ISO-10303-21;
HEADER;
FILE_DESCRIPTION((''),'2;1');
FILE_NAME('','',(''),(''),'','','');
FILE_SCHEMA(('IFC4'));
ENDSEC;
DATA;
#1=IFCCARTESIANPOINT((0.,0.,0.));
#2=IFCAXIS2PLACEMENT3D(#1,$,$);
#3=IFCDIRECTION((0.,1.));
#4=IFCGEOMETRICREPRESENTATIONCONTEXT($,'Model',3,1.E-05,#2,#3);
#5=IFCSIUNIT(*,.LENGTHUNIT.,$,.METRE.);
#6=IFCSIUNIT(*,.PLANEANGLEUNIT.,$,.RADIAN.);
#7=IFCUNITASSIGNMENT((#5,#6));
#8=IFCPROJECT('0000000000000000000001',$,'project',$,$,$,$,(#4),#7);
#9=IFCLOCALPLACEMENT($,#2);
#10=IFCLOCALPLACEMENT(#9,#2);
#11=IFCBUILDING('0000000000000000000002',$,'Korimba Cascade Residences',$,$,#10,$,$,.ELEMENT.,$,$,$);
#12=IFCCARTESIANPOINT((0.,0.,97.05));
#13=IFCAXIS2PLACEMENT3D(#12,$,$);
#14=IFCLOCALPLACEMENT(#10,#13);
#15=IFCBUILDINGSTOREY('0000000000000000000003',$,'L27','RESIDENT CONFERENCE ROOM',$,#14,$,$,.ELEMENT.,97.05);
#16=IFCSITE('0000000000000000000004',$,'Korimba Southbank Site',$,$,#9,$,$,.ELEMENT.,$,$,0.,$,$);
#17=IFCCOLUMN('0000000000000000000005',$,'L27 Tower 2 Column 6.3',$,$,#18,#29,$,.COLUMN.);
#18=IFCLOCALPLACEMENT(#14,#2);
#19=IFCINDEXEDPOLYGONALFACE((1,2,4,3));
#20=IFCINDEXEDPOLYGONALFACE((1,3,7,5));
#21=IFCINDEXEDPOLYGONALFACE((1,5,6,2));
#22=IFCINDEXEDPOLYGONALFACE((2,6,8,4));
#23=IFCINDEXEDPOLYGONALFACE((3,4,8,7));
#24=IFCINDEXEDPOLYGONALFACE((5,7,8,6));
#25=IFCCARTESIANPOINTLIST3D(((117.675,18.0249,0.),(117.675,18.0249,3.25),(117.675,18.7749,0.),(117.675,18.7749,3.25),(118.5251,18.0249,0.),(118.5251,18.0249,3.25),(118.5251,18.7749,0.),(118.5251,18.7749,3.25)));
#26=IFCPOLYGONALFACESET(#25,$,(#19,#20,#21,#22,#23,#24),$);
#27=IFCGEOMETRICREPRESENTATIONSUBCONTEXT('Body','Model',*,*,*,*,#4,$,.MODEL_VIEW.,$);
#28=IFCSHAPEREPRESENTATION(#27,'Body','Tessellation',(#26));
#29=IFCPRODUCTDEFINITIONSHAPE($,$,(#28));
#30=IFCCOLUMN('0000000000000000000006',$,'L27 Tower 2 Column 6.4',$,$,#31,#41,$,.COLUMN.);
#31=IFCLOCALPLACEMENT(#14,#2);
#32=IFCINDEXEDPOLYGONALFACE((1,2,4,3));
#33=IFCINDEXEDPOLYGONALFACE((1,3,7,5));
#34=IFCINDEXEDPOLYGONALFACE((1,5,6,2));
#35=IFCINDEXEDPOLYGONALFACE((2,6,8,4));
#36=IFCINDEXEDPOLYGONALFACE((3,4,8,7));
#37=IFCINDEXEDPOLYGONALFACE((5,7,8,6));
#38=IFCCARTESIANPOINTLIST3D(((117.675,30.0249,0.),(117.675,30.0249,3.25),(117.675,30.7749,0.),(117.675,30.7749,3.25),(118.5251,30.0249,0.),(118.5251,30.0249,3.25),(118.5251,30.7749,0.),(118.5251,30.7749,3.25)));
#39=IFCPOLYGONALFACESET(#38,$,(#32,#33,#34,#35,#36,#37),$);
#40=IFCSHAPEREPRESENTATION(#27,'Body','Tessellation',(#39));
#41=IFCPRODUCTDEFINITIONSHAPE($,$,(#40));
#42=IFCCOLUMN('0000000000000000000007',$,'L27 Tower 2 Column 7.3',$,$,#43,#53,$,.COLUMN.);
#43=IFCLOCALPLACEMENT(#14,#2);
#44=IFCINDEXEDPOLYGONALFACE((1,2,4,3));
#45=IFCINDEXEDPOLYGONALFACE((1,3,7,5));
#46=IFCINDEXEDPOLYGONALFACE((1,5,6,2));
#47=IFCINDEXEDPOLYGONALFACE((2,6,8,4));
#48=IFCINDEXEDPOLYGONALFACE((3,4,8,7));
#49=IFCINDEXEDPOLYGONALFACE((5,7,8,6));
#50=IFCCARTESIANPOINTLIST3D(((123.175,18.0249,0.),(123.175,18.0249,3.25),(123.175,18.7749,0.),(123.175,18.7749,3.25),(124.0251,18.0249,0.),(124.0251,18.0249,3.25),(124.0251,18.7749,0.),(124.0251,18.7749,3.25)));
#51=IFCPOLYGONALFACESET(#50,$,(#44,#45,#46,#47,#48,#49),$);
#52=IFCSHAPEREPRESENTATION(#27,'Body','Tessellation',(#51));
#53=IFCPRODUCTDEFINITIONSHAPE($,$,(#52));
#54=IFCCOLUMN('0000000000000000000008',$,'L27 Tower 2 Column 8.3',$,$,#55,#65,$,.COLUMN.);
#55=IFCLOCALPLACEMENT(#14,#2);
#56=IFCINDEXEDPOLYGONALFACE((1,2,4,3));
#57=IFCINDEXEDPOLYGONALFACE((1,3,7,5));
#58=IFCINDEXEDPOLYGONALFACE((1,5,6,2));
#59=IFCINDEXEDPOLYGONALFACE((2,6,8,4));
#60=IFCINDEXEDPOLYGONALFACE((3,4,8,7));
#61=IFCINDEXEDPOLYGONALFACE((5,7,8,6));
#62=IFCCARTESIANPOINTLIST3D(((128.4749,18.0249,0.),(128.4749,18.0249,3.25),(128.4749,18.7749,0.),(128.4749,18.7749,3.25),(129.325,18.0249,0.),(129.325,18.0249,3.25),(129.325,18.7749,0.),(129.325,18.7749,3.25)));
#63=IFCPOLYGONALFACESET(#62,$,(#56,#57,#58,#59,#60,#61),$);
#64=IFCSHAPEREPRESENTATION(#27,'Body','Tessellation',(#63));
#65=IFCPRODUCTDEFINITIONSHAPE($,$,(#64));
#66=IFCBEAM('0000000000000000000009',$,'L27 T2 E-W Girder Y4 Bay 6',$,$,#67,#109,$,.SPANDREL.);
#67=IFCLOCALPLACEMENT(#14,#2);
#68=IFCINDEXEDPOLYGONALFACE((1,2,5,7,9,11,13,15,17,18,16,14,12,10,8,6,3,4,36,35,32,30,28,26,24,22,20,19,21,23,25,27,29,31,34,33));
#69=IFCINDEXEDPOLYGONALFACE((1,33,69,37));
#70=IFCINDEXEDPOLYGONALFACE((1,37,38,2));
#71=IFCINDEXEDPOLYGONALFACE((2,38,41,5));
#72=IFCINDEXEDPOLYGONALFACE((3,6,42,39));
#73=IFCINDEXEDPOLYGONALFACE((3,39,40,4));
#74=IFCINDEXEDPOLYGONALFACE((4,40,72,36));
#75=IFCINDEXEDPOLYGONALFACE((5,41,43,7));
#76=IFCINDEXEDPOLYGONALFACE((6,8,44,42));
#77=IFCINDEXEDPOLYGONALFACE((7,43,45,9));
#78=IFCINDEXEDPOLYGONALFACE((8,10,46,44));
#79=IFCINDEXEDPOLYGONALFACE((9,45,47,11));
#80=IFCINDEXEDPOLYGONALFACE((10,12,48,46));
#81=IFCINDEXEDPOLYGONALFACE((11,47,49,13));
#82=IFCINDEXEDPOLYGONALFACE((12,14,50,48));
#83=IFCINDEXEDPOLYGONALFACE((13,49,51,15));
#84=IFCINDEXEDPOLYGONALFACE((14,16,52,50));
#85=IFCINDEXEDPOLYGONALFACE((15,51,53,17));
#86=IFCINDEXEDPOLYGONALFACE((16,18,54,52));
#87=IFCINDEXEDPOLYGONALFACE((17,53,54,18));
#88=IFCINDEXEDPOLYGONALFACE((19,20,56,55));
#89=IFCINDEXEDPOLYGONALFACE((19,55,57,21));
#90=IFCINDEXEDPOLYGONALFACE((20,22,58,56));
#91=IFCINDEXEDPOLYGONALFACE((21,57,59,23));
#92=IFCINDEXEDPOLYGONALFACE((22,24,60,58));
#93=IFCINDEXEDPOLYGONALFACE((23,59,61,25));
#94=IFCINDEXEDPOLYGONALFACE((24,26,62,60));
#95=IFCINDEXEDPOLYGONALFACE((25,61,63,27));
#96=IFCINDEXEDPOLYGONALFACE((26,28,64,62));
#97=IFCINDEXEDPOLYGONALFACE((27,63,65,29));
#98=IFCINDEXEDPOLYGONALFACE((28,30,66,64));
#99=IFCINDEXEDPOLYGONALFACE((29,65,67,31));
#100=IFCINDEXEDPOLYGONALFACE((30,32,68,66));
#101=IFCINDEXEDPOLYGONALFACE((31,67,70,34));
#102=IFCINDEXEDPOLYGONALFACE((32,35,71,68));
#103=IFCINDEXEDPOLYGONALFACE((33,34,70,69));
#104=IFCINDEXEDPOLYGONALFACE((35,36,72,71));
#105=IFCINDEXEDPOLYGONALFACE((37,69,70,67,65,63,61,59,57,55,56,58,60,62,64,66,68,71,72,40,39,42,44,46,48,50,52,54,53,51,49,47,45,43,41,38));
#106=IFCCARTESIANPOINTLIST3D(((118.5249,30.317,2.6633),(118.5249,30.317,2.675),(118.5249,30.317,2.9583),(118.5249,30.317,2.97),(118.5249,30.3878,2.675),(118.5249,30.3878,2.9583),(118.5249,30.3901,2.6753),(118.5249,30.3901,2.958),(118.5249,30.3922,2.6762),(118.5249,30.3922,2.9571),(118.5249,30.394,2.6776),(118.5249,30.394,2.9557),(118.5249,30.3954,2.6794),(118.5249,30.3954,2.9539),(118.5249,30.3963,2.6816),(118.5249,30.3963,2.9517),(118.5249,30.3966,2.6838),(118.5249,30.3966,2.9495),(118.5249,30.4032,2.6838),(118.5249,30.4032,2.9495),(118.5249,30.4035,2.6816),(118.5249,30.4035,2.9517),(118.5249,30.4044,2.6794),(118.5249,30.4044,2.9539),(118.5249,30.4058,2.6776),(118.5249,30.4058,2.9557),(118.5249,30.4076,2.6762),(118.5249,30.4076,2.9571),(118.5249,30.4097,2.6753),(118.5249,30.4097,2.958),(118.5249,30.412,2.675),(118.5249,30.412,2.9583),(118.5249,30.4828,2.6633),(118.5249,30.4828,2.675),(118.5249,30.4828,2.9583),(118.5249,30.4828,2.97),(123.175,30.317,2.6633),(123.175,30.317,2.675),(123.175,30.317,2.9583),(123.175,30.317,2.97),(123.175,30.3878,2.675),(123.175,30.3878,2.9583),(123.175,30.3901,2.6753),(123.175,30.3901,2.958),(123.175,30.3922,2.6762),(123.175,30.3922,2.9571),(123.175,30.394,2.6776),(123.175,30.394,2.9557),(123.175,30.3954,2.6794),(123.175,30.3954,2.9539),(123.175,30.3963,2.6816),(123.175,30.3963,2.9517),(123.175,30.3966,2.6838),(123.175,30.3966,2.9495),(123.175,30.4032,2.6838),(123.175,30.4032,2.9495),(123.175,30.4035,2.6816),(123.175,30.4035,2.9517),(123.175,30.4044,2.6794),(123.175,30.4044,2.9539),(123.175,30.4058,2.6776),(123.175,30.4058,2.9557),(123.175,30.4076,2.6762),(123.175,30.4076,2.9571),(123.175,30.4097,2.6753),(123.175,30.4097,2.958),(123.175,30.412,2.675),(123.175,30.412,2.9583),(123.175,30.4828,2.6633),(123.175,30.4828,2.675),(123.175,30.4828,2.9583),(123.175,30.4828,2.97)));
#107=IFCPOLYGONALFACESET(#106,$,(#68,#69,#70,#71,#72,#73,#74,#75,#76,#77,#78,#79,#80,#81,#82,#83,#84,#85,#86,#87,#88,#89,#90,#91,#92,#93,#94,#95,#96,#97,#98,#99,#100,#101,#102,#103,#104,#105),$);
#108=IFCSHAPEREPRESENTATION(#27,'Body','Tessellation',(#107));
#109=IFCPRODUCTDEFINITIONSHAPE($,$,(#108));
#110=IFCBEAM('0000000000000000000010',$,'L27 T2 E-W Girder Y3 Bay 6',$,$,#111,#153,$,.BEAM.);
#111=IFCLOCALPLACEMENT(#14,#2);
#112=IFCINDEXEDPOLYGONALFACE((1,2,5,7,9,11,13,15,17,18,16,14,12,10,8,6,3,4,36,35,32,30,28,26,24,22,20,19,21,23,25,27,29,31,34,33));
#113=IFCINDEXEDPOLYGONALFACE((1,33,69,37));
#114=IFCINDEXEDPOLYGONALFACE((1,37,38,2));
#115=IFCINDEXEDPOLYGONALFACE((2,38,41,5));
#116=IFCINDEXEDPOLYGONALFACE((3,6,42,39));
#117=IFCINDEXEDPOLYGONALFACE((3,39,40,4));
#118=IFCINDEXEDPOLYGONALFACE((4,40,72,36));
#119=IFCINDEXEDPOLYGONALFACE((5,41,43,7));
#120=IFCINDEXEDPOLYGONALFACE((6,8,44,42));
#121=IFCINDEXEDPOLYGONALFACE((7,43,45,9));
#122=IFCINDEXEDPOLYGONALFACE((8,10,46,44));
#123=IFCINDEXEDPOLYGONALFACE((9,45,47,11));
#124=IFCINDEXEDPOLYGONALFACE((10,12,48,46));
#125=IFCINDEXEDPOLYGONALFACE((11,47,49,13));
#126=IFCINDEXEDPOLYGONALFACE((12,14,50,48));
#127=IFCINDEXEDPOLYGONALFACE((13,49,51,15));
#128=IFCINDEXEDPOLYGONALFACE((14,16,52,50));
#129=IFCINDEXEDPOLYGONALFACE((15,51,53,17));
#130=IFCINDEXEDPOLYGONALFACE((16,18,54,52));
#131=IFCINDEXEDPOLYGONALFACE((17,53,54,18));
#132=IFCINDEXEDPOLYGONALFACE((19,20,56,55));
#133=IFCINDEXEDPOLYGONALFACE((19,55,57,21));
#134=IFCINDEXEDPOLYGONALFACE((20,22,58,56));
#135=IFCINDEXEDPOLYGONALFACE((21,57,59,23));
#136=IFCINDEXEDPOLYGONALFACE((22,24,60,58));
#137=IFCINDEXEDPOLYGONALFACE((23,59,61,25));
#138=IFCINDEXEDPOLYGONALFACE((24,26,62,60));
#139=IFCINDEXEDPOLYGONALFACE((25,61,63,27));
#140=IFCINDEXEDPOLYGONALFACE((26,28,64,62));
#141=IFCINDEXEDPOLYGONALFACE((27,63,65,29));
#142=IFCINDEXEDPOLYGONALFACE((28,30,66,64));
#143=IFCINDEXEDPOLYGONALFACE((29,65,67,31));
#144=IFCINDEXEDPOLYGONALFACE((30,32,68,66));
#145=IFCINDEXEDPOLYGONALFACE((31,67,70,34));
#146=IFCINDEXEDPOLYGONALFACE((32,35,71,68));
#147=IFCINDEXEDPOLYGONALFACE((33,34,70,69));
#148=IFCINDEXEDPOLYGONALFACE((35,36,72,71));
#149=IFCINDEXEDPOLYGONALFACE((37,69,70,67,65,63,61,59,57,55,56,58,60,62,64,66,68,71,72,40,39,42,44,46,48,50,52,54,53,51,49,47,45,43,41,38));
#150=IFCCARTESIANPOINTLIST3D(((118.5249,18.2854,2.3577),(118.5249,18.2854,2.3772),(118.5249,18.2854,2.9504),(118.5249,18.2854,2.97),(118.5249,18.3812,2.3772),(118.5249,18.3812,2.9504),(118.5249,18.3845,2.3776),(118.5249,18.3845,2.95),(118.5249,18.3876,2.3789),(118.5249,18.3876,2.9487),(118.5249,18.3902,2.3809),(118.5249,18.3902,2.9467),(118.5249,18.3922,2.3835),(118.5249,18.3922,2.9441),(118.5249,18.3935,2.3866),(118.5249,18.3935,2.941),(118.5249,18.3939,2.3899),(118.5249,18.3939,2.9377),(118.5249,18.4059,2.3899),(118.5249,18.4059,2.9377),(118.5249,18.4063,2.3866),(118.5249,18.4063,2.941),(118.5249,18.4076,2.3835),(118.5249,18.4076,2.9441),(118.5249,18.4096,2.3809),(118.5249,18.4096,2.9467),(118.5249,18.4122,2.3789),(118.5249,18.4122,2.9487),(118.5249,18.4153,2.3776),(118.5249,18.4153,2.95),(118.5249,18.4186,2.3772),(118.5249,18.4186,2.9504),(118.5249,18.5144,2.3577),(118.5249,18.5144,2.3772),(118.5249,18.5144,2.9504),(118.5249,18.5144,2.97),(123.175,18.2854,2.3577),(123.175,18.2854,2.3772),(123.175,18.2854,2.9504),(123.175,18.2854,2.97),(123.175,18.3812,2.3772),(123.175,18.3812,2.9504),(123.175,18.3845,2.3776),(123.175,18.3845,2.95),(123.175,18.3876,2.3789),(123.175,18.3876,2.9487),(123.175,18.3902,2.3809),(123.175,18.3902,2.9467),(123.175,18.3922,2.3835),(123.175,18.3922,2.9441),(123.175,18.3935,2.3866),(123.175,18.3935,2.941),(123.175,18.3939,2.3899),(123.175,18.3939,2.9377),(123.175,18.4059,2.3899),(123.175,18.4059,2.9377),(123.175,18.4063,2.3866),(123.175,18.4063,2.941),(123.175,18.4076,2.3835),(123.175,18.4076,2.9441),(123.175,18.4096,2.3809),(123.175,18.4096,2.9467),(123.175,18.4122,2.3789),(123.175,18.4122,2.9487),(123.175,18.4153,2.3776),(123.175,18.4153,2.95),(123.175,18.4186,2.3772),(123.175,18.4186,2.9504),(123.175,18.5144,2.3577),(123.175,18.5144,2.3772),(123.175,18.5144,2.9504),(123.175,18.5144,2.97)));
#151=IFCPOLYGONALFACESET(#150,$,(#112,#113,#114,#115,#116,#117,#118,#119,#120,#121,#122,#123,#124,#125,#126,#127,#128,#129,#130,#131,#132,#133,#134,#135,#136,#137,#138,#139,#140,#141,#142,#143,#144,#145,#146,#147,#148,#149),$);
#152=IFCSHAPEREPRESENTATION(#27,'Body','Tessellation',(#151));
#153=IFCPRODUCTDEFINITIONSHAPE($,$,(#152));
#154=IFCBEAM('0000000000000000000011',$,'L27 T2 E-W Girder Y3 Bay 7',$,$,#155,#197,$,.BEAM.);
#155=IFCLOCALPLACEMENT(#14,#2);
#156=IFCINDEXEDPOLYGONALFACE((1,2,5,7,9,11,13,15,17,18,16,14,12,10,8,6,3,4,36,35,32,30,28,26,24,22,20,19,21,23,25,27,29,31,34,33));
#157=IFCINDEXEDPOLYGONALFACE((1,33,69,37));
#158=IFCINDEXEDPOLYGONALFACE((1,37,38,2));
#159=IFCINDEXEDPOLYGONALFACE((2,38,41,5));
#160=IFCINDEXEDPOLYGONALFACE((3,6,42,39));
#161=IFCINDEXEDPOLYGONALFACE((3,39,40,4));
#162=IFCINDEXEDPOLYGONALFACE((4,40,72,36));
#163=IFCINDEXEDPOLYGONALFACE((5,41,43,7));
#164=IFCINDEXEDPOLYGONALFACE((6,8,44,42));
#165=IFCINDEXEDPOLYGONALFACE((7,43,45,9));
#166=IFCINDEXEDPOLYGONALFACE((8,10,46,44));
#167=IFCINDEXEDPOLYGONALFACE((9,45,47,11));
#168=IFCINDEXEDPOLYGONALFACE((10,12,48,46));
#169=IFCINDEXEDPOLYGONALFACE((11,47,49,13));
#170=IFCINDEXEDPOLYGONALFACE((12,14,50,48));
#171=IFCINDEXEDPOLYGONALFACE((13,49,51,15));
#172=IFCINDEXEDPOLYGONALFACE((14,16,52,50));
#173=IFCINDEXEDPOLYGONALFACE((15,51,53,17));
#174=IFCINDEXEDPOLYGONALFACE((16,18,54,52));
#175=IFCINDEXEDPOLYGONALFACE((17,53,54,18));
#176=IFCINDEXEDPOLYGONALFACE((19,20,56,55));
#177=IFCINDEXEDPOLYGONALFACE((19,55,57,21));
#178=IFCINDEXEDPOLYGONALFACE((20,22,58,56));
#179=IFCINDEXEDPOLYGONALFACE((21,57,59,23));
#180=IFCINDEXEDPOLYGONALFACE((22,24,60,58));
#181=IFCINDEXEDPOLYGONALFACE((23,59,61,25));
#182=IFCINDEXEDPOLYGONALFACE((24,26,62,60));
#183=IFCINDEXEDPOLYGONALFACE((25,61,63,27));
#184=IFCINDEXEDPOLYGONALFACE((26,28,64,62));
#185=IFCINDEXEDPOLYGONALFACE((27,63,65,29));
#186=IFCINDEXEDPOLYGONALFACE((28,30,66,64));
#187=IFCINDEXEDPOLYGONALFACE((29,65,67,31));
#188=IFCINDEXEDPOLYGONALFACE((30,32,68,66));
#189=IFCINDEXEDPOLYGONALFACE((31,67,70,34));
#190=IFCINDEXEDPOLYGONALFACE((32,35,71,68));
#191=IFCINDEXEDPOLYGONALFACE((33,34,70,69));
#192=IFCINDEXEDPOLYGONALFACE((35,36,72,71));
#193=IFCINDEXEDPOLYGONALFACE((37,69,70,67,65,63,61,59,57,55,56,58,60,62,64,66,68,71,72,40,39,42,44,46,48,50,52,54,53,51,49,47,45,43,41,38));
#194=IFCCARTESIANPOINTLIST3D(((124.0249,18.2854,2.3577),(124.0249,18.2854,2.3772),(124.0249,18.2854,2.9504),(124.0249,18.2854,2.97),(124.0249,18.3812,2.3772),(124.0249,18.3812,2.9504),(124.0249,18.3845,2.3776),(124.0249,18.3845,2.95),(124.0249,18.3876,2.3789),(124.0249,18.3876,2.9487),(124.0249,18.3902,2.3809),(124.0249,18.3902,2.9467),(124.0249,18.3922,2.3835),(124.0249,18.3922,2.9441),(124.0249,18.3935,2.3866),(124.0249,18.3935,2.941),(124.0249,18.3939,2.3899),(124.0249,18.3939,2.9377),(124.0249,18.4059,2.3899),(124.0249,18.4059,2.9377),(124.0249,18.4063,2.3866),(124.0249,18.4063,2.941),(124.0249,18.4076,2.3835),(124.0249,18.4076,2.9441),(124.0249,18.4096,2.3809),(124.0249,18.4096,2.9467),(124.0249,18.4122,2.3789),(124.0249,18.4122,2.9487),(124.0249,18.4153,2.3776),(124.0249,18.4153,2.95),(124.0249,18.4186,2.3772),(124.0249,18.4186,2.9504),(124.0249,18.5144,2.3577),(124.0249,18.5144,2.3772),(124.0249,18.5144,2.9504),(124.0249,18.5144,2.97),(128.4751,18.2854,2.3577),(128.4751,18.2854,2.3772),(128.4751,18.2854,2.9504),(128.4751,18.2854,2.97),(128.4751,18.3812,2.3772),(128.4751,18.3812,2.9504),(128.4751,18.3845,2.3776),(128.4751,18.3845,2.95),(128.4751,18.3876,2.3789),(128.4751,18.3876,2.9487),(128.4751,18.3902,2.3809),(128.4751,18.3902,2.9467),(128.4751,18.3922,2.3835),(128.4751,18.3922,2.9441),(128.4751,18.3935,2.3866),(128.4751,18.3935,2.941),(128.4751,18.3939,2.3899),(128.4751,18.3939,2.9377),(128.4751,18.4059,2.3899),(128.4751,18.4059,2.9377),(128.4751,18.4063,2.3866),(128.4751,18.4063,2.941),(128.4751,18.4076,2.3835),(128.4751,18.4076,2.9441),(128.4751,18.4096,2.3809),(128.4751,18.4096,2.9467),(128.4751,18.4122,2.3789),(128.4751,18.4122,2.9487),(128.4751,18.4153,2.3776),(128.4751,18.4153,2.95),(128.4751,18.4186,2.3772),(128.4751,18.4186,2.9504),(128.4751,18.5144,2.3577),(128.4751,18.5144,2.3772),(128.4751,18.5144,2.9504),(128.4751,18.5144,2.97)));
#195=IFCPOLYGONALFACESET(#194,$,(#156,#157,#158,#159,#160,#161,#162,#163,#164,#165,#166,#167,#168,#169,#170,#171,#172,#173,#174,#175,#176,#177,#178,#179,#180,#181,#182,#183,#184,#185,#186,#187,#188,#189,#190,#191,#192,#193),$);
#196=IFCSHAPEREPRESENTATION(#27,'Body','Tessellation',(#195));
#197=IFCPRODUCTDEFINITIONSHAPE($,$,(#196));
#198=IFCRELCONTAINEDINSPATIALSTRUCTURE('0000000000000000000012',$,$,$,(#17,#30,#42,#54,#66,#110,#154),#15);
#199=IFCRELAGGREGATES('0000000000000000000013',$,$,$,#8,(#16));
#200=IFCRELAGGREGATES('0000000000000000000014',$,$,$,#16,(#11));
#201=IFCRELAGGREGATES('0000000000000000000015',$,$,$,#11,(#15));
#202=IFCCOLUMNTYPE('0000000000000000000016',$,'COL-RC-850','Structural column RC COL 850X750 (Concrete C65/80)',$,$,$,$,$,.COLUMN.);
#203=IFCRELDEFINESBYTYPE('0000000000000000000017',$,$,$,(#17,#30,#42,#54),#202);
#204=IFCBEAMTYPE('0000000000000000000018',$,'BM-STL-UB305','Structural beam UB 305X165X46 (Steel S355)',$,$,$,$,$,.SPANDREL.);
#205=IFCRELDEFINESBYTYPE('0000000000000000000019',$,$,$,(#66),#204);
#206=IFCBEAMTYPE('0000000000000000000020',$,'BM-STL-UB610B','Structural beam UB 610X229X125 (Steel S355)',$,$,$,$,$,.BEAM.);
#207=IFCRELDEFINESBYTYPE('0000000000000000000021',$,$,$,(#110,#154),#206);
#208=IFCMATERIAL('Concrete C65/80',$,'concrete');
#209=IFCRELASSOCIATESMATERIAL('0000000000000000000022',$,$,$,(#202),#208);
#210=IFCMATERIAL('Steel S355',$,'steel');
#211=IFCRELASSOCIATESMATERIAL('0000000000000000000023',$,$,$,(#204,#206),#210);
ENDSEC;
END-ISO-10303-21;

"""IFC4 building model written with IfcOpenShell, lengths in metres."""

from ifc_helpers import new_model, si_unit, direction, frame, origin, origin_2d, place, context, subcontext, project, spatial, rectangle, i_section, extrude, material, material_profile, profile_set, type_object, element, save


model = new_model("IFC4")

# Units and contexts
model_context = context("Model", 3, precision=1e-05, world=origin(), true_north=direction((0.0, 1.0)))
body_context = subcontext(model_context, "Body", "Model", "MODEL_VIEW")
ifc_project = project(units=[si_unit("LENGTHUNIT", "METRE"), si_unit("PLANEANGLEUNIT", "RADIAN")], contexts=[model_context])

# Site, building, storey
site_placement = place(None, origin())
site = spatial("IfcSite", under=ifc_project, at=site_placement, Name="Korimba Southbank Site", CompositionType="ELEMENT", RefElevation=0.0)
building_placement = place(site_placement, origin())
building = spatial("IfcBuilding", under=site, at=building_placement, Name="Korimba Cascade Residences", CompositionType="ELEMENT")
storey_placement = place(building_placement, frame((0.0, 0.0, 97.05)))
storey = spatial("IfcBuildingStorey", under=building, at=storey_placement, Name="L27", Description="RESIDENT CONFERENCE ROOM", CompositionType="ELEMENT", Elevation=97.05)

# Columns
ifc_material_1 = material(Name="Concrete C65/80", Category="concrete")
ifc_material_profile_1 = material_profile(ifc_material_1, rectangle(XDim=0.8501, YDim=0.75, at=origin_2d()), Name="Concrete C65/80")
ifc_profile_set_1 = profile_set([ifc_material_profile_1], Name="Concrete C65/80")
column_type = type_object("IfcColumnType", Name="COL-RC-850", Description="Structural column RC COL 850X750 (Concrete C65/80)", PredefinedType="COLUMN", material=ifc_profile_set_1)
for number, where, z_axis, x_axis, name in (
    (1, (118.1001, 18.3999, 0.0), (0.0, 0.0, 1.0), (1.0, 0.0, 0.0), "L27 Tower 2 Column 6.3"),
    (2, (118.1001, 30.3999, 0.0), (0.0, 0.0, 1.0), (1.0, 0.0, 0.0), "L27 Tower 2 Column 6.4"),
    (3, (123.6001, 18.3999, 0.0), (0.0, 0.0, 1.0), (1.0, 0.0, 0.0), "L27 Tower 2 Column 7.3"),
    (4, (128.8999, 18.3999, 0.0), (0.0, 0.0, 1.0), (1.0, 0.0, 0.0), "L27 Tower 2 Column 8.3"),
):
    element("IfcColumn", number, at=place(storey_placement, frame(where, z_axis=z_axis, x_axis=x_axis)), inside=storey, type_object=column_type, Name=name, PredefinedType="COLUMN", context=body_context, shape_type="SweptSolid", body=[
        extrude(rectangle(XDim=0.8501, YDim=0.75, at=origin_2d()), origin(), (0.0, 0.0, 1.0), 3.25),
    ])

# Beams
ifc_material_2 = material(Name="Steel S355", Category="steel")
ifc_material_profile_2 = material_profile(ifc_material_2, i_section(OverallWidth=0.1658, OverallDepth=0.3066, WebThickness=0.0066, FlangeThickness=0.0117, FilletRadius=0.0088, at=origin_2d()), Name="Steel S355")
ifc_profile_set_2 = profile_set([ifc_material_profile_2], Name="Steel S355")
beam_type_1 = type_object("IfcBeamType", Name="BM-STL-UB305", Description="Structural beam UB 305X165X46 (Steel S355)", PredefinedType="SPANDREL", material=ifc_profile_set_2)
beam_1_placement = place(storey_placement, frame((118.5249, 30.3999, 2.8167), z_axis=(1.0, 0.0, 0.0), x_axis=(0.0, 1.0, 0.0)))
element("IfcBeam", 5, at=beam_1_placement, inside=storey, type_object=beam_type_1, Name="L27 T2 E-W Girder Y4 Bay 6", PredefinedType="SPANDREL", context=body_context, shape_type="SweptSolid", body=[
    extrude(i_section(OverallWidth=0.1658, OverallDepth=0.3066, WebThickness=0.0066, FlangeThickness=0.0117, FilletRadius=0.0088, at=origin_2d()), origin(), (0.0, 0.0, 1.0), 4.6501),
])
ifc_material_profile_3 = material_profile(ifc_material_2, i_section(OverallWidth=0.229, OverallDepth=0.6123, WebThickness=0.012, FlangeThickness=0.0195, FilletRadius=0.0127, at=origin_2d()), Name="Steel S355")
ifc_profile_set_3 = profile_set([ifc_material_profile_3], Name="Steel S355")
beam_type_2 = type_object("IfcBeamType", Name="BM-STL-UB610B", Description="Structural beam UB 610X229X125 (Steel S355)", PredefinedType="BEAM", material=ifc_profile_set_3)
beam_2_placement = place(storey_placement, frame((118.5249, 18.3999, 2.6638), z_axis=(1.0, 0.0, 0.0), x_axis=(0.0, 1.0, 0.0)))
element("IfcBeam", 6, at=beam_2_placement, inside=storey, type_object=beam_type_2, Name="L27 T2 E-W Girder Y3 Bay 6", PredefinedType="BEAM", context=body_context, shape_type="SweptSolid", body=[
    extrude(i_section(OverallWidth=0.229, OverallDepth=0.6123, WebThickness=0.012, FlangeThickness=0.0195, FilletRadius=0.0127, at=origin_2d()), origin(), (0.0, 0.0, 1.0), 4.6501),
])
beam_3_placement = place(storey_placement, frame((124.0249, 18.3999, 2.6638), z_axis=(1.0, 0.0, 0.0), x_axis=(0.0, 1.0, 0.0)))
element("IfcBeam", 7, at=beam_3_placement, inside=storey, type_object=beam_type_2, Name="L27 T2 E-W Girder Y3 Bay 7", PredefinedType="BEAM", context=body_context, shape_type="SweptSolid", body=[
    extrude(i_section(OverallWidth=0.229, OverallDepth=0.6123, WebThickness=0.012, FlangeThickness=0.0195, FilletRadius=0.0127, at=origin_2d()), origin(), (0.0, 0.0, 1.0), 4.4502),
])

save(model, "model.ifc")
